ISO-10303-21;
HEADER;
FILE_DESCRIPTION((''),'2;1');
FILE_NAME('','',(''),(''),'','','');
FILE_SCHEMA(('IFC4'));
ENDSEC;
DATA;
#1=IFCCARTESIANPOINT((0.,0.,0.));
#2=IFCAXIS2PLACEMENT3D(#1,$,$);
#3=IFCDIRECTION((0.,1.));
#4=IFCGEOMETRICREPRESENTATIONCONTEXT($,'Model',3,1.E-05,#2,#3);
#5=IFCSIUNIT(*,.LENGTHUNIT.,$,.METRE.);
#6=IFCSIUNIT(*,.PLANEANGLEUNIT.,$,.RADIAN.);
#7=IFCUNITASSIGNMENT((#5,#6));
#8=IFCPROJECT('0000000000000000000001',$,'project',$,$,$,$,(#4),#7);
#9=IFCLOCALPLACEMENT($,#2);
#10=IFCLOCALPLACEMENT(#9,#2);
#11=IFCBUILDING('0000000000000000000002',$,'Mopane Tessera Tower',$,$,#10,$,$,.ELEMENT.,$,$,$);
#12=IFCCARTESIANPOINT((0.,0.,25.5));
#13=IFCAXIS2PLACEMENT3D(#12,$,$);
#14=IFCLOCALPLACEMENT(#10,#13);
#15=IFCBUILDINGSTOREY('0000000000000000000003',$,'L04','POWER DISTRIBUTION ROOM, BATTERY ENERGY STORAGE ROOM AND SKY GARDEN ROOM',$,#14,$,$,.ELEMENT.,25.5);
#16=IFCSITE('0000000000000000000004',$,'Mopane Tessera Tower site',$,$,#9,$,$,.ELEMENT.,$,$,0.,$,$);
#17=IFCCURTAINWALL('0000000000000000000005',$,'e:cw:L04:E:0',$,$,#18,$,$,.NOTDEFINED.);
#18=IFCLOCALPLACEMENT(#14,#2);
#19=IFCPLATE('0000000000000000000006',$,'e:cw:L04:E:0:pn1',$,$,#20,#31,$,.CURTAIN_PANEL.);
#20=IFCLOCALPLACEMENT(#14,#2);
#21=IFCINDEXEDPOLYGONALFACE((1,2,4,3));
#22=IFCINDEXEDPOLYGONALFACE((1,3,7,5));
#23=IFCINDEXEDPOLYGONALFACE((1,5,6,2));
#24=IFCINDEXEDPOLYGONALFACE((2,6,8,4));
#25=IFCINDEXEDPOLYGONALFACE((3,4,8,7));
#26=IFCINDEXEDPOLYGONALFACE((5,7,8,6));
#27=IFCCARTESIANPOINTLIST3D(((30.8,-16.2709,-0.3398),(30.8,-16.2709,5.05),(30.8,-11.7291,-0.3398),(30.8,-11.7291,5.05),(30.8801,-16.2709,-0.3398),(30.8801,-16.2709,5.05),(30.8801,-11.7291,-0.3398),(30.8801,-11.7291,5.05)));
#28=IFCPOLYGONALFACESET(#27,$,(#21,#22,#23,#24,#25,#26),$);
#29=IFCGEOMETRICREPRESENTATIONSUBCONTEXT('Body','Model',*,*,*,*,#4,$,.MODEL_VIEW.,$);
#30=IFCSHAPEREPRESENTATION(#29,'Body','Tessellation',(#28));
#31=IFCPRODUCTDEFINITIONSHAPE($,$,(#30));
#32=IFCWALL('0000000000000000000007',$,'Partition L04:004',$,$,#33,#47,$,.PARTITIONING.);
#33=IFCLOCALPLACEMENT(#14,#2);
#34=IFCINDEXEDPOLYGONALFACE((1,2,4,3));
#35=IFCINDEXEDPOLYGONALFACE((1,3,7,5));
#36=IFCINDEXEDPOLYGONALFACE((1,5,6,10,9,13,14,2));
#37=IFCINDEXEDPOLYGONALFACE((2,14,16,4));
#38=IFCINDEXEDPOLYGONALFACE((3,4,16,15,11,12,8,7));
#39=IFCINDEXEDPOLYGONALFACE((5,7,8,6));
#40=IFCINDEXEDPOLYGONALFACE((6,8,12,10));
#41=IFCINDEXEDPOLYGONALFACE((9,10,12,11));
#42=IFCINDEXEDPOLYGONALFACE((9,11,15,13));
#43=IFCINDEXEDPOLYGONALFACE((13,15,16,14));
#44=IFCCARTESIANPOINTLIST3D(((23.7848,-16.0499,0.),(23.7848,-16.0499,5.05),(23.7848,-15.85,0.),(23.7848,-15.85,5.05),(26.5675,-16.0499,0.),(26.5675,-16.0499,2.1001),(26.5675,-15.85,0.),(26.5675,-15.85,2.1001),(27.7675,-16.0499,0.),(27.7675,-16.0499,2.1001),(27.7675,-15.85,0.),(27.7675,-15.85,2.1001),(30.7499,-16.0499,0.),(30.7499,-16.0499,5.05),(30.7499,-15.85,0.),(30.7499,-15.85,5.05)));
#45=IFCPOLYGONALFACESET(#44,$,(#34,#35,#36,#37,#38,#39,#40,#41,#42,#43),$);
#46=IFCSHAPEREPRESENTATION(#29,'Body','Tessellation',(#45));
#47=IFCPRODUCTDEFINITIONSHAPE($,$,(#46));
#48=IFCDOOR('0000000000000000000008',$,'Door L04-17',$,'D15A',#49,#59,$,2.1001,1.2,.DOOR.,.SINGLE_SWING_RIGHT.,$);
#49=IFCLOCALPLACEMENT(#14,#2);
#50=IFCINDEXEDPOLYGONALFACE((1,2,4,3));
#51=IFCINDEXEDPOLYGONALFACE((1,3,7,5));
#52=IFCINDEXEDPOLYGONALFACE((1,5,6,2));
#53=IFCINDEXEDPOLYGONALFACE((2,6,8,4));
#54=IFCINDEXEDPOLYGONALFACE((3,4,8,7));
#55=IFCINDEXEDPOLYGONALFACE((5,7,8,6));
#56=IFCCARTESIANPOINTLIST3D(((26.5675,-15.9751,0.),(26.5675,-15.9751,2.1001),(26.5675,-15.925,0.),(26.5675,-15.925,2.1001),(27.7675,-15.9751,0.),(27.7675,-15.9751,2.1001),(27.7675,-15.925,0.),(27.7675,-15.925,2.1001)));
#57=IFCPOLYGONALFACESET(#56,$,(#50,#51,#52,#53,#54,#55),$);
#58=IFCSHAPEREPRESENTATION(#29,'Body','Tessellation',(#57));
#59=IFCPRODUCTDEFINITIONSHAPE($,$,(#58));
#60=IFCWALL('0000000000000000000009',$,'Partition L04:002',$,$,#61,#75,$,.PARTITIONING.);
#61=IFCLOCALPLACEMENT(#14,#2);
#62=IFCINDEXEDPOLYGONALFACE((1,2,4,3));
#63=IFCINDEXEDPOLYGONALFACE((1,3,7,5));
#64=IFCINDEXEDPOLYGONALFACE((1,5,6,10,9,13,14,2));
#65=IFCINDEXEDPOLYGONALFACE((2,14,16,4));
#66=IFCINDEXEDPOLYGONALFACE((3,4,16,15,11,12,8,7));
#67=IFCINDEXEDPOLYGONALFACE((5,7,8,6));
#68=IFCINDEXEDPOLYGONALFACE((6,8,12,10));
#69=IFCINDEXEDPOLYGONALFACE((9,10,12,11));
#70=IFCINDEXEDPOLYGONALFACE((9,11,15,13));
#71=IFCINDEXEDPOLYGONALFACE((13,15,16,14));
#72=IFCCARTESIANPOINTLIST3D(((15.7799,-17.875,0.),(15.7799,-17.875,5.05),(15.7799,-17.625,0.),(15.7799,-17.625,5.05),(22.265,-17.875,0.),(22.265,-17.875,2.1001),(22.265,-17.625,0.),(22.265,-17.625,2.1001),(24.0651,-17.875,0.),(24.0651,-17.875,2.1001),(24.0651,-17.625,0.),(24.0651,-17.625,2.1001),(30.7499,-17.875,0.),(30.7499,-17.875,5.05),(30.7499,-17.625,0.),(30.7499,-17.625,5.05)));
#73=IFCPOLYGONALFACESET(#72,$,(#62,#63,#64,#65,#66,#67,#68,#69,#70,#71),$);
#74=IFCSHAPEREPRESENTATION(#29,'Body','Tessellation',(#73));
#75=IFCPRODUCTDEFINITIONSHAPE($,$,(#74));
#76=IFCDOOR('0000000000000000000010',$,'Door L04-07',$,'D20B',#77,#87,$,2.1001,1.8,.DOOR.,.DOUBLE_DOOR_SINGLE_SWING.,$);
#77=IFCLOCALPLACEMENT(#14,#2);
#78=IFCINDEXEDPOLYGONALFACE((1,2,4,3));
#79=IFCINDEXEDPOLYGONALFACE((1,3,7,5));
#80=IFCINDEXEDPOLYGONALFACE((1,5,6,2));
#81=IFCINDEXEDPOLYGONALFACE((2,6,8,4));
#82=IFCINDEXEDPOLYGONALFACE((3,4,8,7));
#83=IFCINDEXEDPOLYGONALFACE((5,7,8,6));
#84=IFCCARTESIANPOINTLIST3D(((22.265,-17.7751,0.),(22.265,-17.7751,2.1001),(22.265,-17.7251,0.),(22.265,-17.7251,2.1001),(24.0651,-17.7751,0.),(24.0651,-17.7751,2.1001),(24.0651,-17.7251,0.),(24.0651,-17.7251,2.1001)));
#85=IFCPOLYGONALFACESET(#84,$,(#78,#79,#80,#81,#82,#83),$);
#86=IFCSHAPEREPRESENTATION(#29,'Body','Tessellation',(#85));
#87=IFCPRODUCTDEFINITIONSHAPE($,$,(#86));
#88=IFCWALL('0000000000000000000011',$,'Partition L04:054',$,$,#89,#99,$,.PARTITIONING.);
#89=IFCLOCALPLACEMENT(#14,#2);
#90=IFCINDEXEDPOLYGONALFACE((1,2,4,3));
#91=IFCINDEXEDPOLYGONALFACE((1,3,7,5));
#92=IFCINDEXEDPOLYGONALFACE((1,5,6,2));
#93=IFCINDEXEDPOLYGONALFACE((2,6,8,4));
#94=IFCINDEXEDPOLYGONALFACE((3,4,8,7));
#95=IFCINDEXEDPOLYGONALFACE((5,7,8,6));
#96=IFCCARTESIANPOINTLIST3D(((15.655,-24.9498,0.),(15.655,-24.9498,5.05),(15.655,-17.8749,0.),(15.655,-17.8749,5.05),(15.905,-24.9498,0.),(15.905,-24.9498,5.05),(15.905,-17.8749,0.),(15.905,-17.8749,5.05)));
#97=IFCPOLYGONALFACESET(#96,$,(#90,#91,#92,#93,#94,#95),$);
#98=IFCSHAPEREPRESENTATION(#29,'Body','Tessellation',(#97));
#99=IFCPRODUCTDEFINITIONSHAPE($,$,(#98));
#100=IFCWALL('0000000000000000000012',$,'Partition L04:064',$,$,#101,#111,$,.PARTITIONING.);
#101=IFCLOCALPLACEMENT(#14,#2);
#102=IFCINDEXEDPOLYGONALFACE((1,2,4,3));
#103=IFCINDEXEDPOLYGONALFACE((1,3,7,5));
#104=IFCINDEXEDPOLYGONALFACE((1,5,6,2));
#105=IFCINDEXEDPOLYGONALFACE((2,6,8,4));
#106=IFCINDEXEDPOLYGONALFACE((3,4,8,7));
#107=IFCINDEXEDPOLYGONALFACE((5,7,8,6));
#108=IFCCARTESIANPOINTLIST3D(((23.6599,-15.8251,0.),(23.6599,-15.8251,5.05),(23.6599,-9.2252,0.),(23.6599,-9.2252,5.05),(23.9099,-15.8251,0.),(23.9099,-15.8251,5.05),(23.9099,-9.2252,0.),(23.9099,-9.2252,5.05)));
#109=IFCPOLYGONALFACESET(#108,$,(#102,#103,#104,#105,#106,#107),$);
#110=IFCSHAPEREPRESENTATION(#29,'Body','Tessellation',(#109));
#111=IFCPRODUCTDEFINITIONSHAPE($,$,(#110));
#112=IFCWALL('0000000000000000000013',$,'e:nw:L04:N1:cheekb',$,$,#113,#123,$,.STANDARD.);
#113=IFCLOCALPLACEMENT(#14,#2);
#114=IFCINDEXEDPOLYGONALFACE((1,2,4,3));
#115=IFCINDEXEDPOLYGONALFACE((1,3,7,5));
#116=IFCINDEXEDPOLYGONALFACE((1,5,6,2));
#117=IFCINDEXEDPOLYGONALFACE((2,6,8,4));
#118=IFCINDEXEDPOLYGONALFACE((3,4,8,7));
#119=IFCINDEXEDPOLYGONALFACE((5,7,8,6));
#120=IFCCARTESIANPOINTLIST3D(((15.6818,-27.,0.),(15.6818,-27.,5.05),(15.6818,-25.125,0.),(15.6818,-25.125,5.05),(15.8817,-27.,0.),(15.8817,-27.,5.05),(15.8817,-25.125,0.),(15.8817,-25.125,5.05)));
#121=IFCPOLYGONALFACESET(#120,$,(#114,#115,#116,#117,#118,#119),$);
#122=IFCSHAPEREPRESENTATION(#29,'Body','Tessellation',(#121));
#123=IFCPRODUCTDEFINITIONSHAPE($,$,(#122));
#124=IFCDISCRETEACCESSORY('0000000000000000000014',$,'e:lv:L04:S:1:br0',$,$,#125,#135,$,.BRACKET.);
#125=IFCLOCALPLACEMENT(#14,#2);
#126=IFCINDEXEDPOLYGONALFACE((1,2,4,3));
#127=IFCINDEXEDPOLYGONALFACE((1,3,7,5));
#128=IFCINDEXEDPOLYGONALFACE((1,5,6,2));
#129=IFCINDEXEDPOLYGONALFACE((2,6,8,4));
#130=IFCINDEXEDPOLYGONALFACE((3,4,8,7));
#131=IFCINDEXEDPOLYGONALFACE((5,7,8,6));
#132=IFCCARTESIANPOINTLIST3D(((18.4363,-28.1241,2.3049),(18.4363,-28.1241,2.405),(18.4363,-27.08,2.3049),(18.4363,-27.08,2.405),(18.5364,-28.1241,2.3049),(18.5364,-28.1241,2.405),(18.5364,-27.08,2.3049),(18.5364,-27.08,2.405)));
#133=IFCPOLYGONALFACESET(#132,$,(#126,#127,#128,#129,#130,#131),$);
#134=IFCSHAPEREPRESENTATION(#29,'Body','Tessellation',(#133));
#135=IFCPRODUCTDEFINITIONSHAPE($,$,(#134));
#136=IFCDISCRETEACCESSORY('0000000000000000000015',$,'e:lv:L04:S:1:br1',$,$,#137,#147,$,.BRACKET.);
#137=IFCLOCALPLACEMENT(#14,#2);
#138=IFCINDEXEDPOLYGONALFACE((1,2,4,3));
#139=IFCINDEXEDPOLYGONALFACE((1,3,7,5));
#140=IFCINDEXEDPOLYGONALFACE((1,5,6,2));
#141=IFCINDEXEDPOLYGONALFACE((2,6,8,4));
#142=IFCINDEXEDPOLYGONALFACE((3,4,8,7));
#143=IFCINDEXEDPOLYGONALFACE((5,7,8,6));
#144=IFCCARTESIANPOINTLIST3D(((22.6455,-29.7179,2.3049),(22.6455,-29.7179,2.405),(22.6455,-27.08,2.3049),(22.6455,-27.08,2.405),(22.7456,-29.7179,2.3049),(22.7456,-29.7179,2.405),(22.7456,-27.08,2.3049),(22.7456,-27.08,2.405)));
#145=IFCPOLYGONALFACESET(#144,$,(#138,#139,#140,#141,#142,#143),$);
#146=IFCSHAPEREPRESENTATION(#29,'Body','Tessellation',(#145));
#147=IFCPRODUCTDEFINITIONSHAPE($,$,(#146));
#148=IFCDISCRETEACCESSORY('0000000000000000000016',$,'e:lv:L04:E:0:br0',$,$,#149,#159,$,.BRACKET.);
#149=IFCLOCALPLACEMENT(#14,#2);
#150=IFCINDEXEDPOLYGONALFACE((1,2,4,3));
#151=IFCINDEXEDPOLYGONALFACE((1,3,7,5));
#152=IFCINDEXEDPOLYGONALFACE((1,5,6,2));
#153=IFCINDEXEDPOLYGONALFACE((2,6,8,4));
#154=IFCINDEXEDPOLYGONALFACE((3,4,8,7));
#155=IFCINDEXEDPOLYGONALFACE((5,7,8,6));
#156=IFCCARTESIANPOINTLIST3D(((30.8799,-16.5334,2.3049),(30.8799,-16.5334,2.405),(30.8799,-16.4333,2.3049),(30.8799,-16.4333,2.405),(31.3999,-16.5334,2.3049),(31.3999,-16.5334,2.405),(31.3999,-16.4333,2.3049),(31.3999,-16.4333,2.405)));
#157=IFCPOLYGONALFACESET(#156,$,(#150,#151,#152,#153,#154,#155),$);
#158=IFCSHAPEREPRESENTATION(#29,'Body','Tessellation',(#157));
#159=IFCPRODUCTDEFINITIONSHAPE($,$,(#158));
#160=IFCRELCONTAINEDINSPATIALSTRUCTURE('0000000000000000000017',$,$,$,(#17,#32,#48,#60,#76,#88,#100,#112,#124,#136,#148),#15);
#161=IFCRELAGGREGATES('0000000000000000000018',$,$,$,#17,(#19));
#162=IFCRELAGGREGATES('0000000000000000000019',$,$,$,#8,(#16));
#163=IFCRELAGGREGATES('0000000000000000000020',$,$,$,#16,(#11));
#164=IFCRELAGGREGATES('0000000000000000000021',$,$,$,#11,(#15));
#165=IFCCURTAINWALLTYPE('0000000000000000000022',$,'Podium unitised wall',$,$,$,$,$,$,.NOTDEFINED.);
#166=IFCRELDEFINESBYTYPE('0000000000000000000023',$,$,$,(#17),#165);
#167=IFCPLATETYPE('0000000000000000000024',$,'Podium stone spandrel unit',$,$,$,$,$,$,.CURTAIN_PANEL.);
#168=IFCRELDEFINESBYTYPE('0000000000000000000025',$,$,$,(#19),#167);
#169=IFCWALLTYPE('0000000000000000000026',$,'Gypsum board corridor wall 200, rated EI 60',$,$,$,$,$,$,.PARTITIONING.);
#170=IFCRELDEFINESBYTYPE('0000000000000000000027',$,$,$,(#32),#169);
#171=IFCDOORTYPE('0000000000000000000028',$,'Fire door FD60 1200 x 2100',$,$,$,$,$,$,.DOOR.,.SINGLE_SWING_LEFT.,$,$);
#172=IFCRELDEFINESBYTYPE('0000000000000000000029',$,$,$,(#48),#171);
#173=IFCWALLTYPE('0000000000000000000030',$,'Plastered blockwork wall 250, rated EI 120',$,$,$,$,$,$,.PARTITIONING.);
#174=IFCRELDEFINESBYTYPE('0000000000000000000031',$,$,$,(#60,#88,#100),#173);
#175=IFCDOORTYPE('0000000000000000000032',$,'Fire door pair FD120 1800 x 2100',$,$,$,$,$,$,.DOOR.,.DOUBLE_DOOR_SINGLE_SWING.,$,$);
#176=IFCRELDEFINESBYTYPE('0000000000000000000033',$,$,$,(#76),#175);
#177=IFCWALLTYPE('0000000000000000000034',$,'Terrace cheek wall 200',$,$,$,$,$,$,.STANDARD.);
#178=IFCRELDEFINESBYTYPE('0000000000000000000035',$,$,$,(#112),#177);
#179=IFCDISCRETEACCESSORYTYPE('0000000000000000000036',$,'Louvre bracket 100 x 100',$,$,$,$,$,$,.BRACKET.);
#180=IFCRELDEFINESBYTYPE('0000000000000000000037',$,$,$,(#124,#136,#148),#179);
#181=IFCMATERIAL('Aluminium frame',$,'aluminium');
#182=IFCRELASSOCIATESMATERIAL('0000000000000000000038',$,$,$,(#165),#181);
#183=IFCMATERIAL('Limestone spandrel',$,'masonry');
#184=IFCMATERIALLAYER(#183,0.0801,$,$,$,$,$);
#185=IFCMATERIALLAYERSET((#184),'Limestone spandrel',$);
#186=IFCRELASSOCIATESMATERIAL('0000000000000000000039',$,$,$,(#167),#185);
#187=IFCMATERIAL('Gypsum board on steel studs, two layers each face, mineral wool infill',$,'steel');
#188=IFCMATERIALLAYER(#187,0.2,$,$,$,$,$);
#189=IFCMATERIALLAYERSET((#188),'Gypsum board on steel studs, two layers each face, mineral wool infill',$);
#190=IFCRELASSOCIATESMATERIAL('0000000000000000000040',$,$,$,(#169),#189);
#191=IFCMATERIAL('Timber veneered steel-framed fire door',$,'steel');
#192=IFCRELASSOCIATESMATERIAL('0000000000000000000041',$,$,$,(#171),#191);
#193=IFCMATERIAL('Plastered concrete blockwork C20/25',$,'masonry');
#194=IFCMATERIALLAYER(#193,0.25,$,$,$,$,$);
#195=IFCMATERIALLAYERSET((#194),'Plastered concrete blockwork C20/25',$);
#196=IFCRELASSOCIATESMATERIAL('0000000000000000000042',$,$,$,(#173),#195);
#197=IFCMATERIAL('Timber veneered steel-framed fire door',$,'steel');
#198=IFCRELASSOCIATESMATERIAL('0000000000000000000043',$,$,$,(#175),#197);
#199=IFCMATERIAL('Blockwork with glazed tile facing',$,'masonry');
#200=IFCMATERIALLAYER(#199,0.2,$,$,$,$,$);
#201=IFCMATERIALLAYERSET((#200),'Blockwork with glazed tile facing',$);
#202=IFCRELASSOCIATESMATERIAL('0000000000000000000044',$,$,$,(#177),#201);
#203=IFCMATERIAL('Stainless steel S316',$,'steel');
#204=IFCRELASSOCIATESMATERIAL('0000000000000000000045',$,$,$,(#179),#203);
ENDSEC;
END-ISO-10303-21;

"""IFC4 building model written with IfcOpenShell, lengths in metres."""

from ifc_helpers import new_model, si_unit, direction, frame, frame_2d, origin, origin_2d, place, context, subcontext, project, spatial, rectangle, extrude, material, layer, layer_set, type_object, element, fill, aggregate, save


model = new_model("IFC4")

# Units and contexts
model_context = context("Model", 3, precision=1e-05, world=origin(), true_north=direction((0.0, 1.0)))
body_context = subcontext(model_context, "Body", "Model", "MODEL_VIEW")
ifc_project = project(units=[si_unit("LENGTHUNIT", "METRE"), si_unit("PLANEANGLEUNIT", "RADIAN")], contexts=[model_context])

# Site, building, storey
site_placement = place(None, origin())
site = spatial("IfcSite", under=ifc_project, at=site_placement, Name="Mopane Tessera Tower site", CompositionType="ELEMENT", RefElevation=0.0)
building_placement = place(site_placement, origin())
building = spatial("IfcBuilding", under=site, at=building_placement, Name="Mopane Tessera Tower", CompositionType="ELEMENT")
storey_placement = place(building_placement, frame((0.0, 0.0, 25.5)))
storey = spatial("IfcBuildingStorey", under=building, at=storey_placement, Name="L04", Description="POWER DISTRIBUTION ROOM, BATTERY ENERGY STORAGE ROOM AND SKY GARDEN ROOM", CompositionType="ELEMENT", Elevation=25.5)

# Curtain wall
ifc_material_1 = material(Name="Aluminium frame", Category="aluminium")
curtain_wall_type = type_object("IfcCurtainWallType", Name="Podium unitised wall", PredefinedType="NOTDEFINED", material=ifc_material_1)
curtain_wall_1_placement = place(storey_placement, origin())
curtain_wall_1 = element("IfcCurtainWall", 1, at=curtain_wall_1_placement, inside=storey, type_object=curtain_wall_type, Name="e:cw:L04:E:0", PredefinedType="NOTDEFINED")

# Plate
ifc_material_2 = material(Name="Limestone spandrel", Category="masonry")
ifc_layer_1 = layer(ifc_material_2, 0.0801)
ifc_layer_set_1 = layer_set([ifc_layer_1], Name="Limestone spandrel")
plate_type = type_object("IfcPlateType", Name="Podium stone spandrel unit", PredefinedType="CURTAIN_PANEL", material=ifc_layer_set_1)
plate_1_placement = place(storey_placement, frame((30.8401, -14.0, -0.3398), z_axis=(0.0, 0.0, 1.0), x_axis=(0.0, 1.0, 0.0)))
plate_1 = element("IfcPlate", 2, at=plate_1_placement, type_object=plate_type, Name="e:cw:L04:E:0:pn1", PredefinedType="CURTAIN_PANEL", context=body_context, shape_type="SweptSolid", body=[
    extrude(rectangle(XDim=4.5417, YDim=0.0801, at=origin_2d()), origin(), (0.0, 0.0, 1.0), 5.3899),
])
aggregate(curtain_wall_1, [plate_1])

# Walls, openings, doors
ifc_material_3 = material(Name="Gypsum board on steel studs, two layers each face, mineral wool infill", Category="steel")
ifc_layer_2 = layer(ifc_material_3, 0.2)
ifc_layer_set_2 = layer_set([ifc_layer_2], Name="Gypsum board on steel studs, two layers each face, mineral wool infill")
wall_type_1 = type_object("IfcWallType", Name="Gypsum board corridor wall 200, rated EI 60", PredefinedType="PARTITIONING", material=ifc_layer_set_2)
wall_1_placement = place(storey_placement, frame((23.7849, -15.95, 0.0), z_axis=(0.0, 0.0, 1.0), x_axis=(1.0, 0.0, 0.0)))
wall_1 = element("IfcWall", 3, at=wall_1_placement, inside=storey, type_object=wall_type_1, Name="Partition L04:004", PredefinedType="PARTITIONING", context=body_context, shape_type="SweptSolid", body=[
    extrude(rectangle(XDim=6.9651, YDim=0.2, at=frame_2d((3.4824, 0.0))), origin(), (0.0, 0.0, 1.0), 5.05),
])
opening_1_placement = place(wall_1_placement, frame((2.7825, 0.0, 0.0)))
opening_1 = element("IfcOpeningElement", 4, at=opening_1_placement, cuts=wall_1, PredefinedType="OPENING", context=body_context, shape_type="SweptSolid", body=[
    extrude(rectangle(XDim=1.2, YDim=2.1001, at=frame_2d((0.6001, 1.05))), frame((0.0, 0.1121, 0.0), z_axis=(0.0, -1.0, 0.0), x_axis=(1.0, 0.0, 0.0)), (0.0, 0.0, 1.0), 0.2239),
])
ifc_material_4 = material(Name="Timber veneered steel-framed fire door", Category="steel")
door_type_1 = type_object("IfcDoorType", Name="Fire door FD60 1200 x 2100", OperationType="SINGLE_SWING_LEFT", PredefinedType="DOOR", material=ifc_material_4)
door_1_placement = place(opening_1_placement, origin())
door_1 = element("IfcDoor", 5, at=door_1_placement, inside=storey, type_object=door_type_1, Name="Door L04-17", ObjectType="D15A", OperationType="SINGLE_SWING_RIGHT", OverallHeight=2.1001, OverallWidth=1.2, PredefinedType="DOOR", context=body_context, shape_type="SweptSolid", body=[
    extrude(rectangle(XDim=1.2, YDim=2.1001, at=frame_2d((0.6001, 1.05))), frame((0.0, 0.0249, 0.0), z_axis=(0.0, -1.0, 0.0), x_axis=(1.0, 0.0, 0.0)), (0.0, 0.0, 1.0), 0.05),
])
fill(opening_1, door_1)
ifc_material_5 = material(Name="Plastered concrete blockwork C20/25", Category="masonry")
ifc_layer_3 = layer(ifc_material_5, 0.25)
ifc_layer_set_3 = layer_set([ifc_layer_3], Name="Plastered concrete blockwork C20/25")
wall_type_2 = type_object("IfcWallType", Name="Plastered blockwork wall 250, rated EI 120", PredefinedType="PARTITIONING", material=ifc_layer_set_3)
wall_2_placement = place(storey_placement, frame((15.78, -17.75, 0.0), z_axis=(0.0, 0.0, 1.0), x_axis=(1.0, 0.0, 0.0)))
wall_2 = element("IfcWall", 6, at=wall_2_placement, inside=storey, type_object=wall_type_2, Name="Partition L04:002", PredefinedType="PARTITIONING", context=body_context, shape_type="SweptSolid", body=[
    extrude(rectangle(XDim=14.97, YDim=0.25, at=frame_2d((7.4849, 0.0))), origin(), (0.0, 0.0, 1.0), 5.05),
])
opening_2_placement = place(wall_2_placement, frame((6.4851, 0.0, 0.0)))
opening_2 = element("IfcOpeningElement", 7, at=opening_2_placement, cuts=wall_2, PredefinedType="OPENING", context=body_context, shape_type="SweptSolid", body=[
    extrude(rectangle(XDim=1.8, YDim=2.1001, at=frame_2d((0.8999, 1.05))), frame((0.0, 0.137, 0.0), z_axis=(0.0, -1.0, 0.0), x_axis=(1.0, 0.0, 0.0)), (0.0, 0.0, 1.0), 0.2739),
])
ifc_material_6 = material(Name="Timber veneered steel-framed fire door", Category="steel")
door_type_2 = type_object("IfcDoorType", Name="Fire door pair FD120 1800 x 2100", OperationType="DOUBLE_DOOR_SINGLE_SWING", PredefinedType="DOOR", material=ifc_material_6)
door_2_placement = place(opening_2_placement, origin())
door_2 = element("IfcDoor", 8, at=door_2_placement, inside=storey, type_object=door_type_2, Name="Door L04-07", ObjectType="D20B", OperationType="DOUBLE_DOOR_SINGLE_SWING", OverallHeight=2.1001, OverallWidth=1.8, PredefinedType="DOOR", context=body_context, shape_type="SweptSolid", body=[
    extrude(rectangle(XDim=1.8, YDim=2.1001, at=frame_2d((0.8999, 1.05))), frame((0.0, 0.0249, 0.0), z_axis=(0.0, -1.0, 0.0), x_axis=(1.0, 0.0, 0.0)), (0.0, 0.0, 1.0), 0.05),
])
fill(opening_2, door_2)

# Walls
wall_3_placement = place(storey_placement, frame((15.78, -24.95, 0.0), z_axis=(0.0, 0.0, 1.0), x_axis=(0.0, 1.0, 0.0)))
element("IfcWall", 9, at=wall_3_placement, inside=storey, type_object=wall_type_2, Name="Partition L04:054", PredefinedType="PARTITIONING", context=body_context, shape_type="SweptSolid", body=[
    extrude(rectangle(XDim=7.075, YDim=0.25, at=frame_2d((3.5376, 0.0))), origin(), (0.0, 0.0, 1.0), 5.05),
])
wall_4_placement = place(storey_placement, frame((23.7849, -15.825, 0.0), z_axis=(0.0, 0.0, 1.0), x_axis=(0.0, 1.0, 0.0)))
element("IfcWall", 10, at=wall_4_placement, inside=storey, type_object=wall_type_2, Name="Partition L04:064", PredefinedType="PARTITIONING", context=body_context, shape_type="SweptSolid", body=[
    extrude(rectangle(XDim=6.5999, YDim=0.25, at=frame_2d((3.2998, 0.0))), origin(), (0.0, 0.0, 1.0), 5.05),
])
ifc_material_7 = material(Name="Blockwork with glazed tile facing", Category="masonry")
ifc_layer_4 = layer(ifc_material_7, 0.2)
ifc_layer_set_4 = layer_set([ifc_layer_4], Name="Blockwork with glazed tile facing")
wall_type_3 = type_object("IfcWallType", Name="Terrace cheek wall 200", PredefinedType="STANDARD", material=ifc_layer_set_4)
wall_5_placement = place(storey_placement, frame((15.7817, -27.0, 0.0), z_axis=(0.0, 0.0, 1.0), x_axis=(0.0, 1.0, 0.0)))
element("IfcWall", 11, at=wall_5_placement, inside=storey, type_object=wall_type_3, Name="e:nw:L04:N1:cheekb", PredefinedType="STANDARD", context=body_context, shape_type="SweptSolid", body=[
    extrude(rectangle(XDim=1.875, YDim=0.2, at=frame_2d((0.9375, 0.0))), origin(), (0.0, 0.0, 1.0), 5.05),
])

# Discrete accessories
ifc_material_8 = material(Name="Stainless steel S316", Category="steel")
discrete_accessory_type = type_object("IfcDiscreteAccessoryType", Name="Louvre bracket 100 x 100", PredefinedType="BRACKET", material=ifc_material_8)
discrete_accessory_1_placement = place(storey_placement, frame((18.4863, -27.6021, 2.3049), z_axis=(0.0, 0.0, 1.0), x_axis=(0.0, -1.0, 0.0)))
element("IfcDiscreteAccessory", 12, at=discrete_accessory_1_placement, inside=storey, type_object=discrete_accessory_type, Name="e:lv:L04:S:1:br0", PredefinedType="BRACKET", context=body_context, shape_type="SweptSolid", body=[
    extrude(rectangle(XDim=1.0442, YDim=0.1001, at=origin_2d()), origin(), (0.0, 0.0, 1.0), 0.1001),
])
discrete_accessory_2_placement = place(storey_placement, frame((22.6956, -28.3989, 2.3049), z_axis=(0.0, 0.0, 1.0), x_axis=(0.0, -1.0, 0.0)))
element("IfcDiscreteAccessory", 13, at=discrete_accessory_2_placement, inside=storey, type_object=discrete_accessory_type, Name="e:lv:L04:S:1:br1", PredefinedType="BRACKET", context=body_context, shape_type="SweptSolid", body=[
    extrude(rectangle(XDim=2.6379, YDim=0.1001, at=origin_2d()), origin(), (0.0, 0.0, 1.0), 0.1001),
])
discrete_accessory_3_placement = place(storey_placement, frame((31.1399, -16.4834, 2.3049), z_axis=(0.0, 0.0, 1.0), x_axis=(1.0, 0.0, 0.0)))
element("IfcDiscreteAccessory", 14, at=discrete_accessory_3_placement, inside=storey, type_object=discrete_accessory_type, Name="e:lv:L04:E:0:br0", PredefinedType="BRACKET", context=body_context, shape_type="SweptSolid", body=[
    extrude(rectangle(XDim=0.52, YDim=0.1001, at=origin_2d()), origin(), (0.0, 0.0, 1.0), 0.1001),
])

save(model, "model.ifc")
